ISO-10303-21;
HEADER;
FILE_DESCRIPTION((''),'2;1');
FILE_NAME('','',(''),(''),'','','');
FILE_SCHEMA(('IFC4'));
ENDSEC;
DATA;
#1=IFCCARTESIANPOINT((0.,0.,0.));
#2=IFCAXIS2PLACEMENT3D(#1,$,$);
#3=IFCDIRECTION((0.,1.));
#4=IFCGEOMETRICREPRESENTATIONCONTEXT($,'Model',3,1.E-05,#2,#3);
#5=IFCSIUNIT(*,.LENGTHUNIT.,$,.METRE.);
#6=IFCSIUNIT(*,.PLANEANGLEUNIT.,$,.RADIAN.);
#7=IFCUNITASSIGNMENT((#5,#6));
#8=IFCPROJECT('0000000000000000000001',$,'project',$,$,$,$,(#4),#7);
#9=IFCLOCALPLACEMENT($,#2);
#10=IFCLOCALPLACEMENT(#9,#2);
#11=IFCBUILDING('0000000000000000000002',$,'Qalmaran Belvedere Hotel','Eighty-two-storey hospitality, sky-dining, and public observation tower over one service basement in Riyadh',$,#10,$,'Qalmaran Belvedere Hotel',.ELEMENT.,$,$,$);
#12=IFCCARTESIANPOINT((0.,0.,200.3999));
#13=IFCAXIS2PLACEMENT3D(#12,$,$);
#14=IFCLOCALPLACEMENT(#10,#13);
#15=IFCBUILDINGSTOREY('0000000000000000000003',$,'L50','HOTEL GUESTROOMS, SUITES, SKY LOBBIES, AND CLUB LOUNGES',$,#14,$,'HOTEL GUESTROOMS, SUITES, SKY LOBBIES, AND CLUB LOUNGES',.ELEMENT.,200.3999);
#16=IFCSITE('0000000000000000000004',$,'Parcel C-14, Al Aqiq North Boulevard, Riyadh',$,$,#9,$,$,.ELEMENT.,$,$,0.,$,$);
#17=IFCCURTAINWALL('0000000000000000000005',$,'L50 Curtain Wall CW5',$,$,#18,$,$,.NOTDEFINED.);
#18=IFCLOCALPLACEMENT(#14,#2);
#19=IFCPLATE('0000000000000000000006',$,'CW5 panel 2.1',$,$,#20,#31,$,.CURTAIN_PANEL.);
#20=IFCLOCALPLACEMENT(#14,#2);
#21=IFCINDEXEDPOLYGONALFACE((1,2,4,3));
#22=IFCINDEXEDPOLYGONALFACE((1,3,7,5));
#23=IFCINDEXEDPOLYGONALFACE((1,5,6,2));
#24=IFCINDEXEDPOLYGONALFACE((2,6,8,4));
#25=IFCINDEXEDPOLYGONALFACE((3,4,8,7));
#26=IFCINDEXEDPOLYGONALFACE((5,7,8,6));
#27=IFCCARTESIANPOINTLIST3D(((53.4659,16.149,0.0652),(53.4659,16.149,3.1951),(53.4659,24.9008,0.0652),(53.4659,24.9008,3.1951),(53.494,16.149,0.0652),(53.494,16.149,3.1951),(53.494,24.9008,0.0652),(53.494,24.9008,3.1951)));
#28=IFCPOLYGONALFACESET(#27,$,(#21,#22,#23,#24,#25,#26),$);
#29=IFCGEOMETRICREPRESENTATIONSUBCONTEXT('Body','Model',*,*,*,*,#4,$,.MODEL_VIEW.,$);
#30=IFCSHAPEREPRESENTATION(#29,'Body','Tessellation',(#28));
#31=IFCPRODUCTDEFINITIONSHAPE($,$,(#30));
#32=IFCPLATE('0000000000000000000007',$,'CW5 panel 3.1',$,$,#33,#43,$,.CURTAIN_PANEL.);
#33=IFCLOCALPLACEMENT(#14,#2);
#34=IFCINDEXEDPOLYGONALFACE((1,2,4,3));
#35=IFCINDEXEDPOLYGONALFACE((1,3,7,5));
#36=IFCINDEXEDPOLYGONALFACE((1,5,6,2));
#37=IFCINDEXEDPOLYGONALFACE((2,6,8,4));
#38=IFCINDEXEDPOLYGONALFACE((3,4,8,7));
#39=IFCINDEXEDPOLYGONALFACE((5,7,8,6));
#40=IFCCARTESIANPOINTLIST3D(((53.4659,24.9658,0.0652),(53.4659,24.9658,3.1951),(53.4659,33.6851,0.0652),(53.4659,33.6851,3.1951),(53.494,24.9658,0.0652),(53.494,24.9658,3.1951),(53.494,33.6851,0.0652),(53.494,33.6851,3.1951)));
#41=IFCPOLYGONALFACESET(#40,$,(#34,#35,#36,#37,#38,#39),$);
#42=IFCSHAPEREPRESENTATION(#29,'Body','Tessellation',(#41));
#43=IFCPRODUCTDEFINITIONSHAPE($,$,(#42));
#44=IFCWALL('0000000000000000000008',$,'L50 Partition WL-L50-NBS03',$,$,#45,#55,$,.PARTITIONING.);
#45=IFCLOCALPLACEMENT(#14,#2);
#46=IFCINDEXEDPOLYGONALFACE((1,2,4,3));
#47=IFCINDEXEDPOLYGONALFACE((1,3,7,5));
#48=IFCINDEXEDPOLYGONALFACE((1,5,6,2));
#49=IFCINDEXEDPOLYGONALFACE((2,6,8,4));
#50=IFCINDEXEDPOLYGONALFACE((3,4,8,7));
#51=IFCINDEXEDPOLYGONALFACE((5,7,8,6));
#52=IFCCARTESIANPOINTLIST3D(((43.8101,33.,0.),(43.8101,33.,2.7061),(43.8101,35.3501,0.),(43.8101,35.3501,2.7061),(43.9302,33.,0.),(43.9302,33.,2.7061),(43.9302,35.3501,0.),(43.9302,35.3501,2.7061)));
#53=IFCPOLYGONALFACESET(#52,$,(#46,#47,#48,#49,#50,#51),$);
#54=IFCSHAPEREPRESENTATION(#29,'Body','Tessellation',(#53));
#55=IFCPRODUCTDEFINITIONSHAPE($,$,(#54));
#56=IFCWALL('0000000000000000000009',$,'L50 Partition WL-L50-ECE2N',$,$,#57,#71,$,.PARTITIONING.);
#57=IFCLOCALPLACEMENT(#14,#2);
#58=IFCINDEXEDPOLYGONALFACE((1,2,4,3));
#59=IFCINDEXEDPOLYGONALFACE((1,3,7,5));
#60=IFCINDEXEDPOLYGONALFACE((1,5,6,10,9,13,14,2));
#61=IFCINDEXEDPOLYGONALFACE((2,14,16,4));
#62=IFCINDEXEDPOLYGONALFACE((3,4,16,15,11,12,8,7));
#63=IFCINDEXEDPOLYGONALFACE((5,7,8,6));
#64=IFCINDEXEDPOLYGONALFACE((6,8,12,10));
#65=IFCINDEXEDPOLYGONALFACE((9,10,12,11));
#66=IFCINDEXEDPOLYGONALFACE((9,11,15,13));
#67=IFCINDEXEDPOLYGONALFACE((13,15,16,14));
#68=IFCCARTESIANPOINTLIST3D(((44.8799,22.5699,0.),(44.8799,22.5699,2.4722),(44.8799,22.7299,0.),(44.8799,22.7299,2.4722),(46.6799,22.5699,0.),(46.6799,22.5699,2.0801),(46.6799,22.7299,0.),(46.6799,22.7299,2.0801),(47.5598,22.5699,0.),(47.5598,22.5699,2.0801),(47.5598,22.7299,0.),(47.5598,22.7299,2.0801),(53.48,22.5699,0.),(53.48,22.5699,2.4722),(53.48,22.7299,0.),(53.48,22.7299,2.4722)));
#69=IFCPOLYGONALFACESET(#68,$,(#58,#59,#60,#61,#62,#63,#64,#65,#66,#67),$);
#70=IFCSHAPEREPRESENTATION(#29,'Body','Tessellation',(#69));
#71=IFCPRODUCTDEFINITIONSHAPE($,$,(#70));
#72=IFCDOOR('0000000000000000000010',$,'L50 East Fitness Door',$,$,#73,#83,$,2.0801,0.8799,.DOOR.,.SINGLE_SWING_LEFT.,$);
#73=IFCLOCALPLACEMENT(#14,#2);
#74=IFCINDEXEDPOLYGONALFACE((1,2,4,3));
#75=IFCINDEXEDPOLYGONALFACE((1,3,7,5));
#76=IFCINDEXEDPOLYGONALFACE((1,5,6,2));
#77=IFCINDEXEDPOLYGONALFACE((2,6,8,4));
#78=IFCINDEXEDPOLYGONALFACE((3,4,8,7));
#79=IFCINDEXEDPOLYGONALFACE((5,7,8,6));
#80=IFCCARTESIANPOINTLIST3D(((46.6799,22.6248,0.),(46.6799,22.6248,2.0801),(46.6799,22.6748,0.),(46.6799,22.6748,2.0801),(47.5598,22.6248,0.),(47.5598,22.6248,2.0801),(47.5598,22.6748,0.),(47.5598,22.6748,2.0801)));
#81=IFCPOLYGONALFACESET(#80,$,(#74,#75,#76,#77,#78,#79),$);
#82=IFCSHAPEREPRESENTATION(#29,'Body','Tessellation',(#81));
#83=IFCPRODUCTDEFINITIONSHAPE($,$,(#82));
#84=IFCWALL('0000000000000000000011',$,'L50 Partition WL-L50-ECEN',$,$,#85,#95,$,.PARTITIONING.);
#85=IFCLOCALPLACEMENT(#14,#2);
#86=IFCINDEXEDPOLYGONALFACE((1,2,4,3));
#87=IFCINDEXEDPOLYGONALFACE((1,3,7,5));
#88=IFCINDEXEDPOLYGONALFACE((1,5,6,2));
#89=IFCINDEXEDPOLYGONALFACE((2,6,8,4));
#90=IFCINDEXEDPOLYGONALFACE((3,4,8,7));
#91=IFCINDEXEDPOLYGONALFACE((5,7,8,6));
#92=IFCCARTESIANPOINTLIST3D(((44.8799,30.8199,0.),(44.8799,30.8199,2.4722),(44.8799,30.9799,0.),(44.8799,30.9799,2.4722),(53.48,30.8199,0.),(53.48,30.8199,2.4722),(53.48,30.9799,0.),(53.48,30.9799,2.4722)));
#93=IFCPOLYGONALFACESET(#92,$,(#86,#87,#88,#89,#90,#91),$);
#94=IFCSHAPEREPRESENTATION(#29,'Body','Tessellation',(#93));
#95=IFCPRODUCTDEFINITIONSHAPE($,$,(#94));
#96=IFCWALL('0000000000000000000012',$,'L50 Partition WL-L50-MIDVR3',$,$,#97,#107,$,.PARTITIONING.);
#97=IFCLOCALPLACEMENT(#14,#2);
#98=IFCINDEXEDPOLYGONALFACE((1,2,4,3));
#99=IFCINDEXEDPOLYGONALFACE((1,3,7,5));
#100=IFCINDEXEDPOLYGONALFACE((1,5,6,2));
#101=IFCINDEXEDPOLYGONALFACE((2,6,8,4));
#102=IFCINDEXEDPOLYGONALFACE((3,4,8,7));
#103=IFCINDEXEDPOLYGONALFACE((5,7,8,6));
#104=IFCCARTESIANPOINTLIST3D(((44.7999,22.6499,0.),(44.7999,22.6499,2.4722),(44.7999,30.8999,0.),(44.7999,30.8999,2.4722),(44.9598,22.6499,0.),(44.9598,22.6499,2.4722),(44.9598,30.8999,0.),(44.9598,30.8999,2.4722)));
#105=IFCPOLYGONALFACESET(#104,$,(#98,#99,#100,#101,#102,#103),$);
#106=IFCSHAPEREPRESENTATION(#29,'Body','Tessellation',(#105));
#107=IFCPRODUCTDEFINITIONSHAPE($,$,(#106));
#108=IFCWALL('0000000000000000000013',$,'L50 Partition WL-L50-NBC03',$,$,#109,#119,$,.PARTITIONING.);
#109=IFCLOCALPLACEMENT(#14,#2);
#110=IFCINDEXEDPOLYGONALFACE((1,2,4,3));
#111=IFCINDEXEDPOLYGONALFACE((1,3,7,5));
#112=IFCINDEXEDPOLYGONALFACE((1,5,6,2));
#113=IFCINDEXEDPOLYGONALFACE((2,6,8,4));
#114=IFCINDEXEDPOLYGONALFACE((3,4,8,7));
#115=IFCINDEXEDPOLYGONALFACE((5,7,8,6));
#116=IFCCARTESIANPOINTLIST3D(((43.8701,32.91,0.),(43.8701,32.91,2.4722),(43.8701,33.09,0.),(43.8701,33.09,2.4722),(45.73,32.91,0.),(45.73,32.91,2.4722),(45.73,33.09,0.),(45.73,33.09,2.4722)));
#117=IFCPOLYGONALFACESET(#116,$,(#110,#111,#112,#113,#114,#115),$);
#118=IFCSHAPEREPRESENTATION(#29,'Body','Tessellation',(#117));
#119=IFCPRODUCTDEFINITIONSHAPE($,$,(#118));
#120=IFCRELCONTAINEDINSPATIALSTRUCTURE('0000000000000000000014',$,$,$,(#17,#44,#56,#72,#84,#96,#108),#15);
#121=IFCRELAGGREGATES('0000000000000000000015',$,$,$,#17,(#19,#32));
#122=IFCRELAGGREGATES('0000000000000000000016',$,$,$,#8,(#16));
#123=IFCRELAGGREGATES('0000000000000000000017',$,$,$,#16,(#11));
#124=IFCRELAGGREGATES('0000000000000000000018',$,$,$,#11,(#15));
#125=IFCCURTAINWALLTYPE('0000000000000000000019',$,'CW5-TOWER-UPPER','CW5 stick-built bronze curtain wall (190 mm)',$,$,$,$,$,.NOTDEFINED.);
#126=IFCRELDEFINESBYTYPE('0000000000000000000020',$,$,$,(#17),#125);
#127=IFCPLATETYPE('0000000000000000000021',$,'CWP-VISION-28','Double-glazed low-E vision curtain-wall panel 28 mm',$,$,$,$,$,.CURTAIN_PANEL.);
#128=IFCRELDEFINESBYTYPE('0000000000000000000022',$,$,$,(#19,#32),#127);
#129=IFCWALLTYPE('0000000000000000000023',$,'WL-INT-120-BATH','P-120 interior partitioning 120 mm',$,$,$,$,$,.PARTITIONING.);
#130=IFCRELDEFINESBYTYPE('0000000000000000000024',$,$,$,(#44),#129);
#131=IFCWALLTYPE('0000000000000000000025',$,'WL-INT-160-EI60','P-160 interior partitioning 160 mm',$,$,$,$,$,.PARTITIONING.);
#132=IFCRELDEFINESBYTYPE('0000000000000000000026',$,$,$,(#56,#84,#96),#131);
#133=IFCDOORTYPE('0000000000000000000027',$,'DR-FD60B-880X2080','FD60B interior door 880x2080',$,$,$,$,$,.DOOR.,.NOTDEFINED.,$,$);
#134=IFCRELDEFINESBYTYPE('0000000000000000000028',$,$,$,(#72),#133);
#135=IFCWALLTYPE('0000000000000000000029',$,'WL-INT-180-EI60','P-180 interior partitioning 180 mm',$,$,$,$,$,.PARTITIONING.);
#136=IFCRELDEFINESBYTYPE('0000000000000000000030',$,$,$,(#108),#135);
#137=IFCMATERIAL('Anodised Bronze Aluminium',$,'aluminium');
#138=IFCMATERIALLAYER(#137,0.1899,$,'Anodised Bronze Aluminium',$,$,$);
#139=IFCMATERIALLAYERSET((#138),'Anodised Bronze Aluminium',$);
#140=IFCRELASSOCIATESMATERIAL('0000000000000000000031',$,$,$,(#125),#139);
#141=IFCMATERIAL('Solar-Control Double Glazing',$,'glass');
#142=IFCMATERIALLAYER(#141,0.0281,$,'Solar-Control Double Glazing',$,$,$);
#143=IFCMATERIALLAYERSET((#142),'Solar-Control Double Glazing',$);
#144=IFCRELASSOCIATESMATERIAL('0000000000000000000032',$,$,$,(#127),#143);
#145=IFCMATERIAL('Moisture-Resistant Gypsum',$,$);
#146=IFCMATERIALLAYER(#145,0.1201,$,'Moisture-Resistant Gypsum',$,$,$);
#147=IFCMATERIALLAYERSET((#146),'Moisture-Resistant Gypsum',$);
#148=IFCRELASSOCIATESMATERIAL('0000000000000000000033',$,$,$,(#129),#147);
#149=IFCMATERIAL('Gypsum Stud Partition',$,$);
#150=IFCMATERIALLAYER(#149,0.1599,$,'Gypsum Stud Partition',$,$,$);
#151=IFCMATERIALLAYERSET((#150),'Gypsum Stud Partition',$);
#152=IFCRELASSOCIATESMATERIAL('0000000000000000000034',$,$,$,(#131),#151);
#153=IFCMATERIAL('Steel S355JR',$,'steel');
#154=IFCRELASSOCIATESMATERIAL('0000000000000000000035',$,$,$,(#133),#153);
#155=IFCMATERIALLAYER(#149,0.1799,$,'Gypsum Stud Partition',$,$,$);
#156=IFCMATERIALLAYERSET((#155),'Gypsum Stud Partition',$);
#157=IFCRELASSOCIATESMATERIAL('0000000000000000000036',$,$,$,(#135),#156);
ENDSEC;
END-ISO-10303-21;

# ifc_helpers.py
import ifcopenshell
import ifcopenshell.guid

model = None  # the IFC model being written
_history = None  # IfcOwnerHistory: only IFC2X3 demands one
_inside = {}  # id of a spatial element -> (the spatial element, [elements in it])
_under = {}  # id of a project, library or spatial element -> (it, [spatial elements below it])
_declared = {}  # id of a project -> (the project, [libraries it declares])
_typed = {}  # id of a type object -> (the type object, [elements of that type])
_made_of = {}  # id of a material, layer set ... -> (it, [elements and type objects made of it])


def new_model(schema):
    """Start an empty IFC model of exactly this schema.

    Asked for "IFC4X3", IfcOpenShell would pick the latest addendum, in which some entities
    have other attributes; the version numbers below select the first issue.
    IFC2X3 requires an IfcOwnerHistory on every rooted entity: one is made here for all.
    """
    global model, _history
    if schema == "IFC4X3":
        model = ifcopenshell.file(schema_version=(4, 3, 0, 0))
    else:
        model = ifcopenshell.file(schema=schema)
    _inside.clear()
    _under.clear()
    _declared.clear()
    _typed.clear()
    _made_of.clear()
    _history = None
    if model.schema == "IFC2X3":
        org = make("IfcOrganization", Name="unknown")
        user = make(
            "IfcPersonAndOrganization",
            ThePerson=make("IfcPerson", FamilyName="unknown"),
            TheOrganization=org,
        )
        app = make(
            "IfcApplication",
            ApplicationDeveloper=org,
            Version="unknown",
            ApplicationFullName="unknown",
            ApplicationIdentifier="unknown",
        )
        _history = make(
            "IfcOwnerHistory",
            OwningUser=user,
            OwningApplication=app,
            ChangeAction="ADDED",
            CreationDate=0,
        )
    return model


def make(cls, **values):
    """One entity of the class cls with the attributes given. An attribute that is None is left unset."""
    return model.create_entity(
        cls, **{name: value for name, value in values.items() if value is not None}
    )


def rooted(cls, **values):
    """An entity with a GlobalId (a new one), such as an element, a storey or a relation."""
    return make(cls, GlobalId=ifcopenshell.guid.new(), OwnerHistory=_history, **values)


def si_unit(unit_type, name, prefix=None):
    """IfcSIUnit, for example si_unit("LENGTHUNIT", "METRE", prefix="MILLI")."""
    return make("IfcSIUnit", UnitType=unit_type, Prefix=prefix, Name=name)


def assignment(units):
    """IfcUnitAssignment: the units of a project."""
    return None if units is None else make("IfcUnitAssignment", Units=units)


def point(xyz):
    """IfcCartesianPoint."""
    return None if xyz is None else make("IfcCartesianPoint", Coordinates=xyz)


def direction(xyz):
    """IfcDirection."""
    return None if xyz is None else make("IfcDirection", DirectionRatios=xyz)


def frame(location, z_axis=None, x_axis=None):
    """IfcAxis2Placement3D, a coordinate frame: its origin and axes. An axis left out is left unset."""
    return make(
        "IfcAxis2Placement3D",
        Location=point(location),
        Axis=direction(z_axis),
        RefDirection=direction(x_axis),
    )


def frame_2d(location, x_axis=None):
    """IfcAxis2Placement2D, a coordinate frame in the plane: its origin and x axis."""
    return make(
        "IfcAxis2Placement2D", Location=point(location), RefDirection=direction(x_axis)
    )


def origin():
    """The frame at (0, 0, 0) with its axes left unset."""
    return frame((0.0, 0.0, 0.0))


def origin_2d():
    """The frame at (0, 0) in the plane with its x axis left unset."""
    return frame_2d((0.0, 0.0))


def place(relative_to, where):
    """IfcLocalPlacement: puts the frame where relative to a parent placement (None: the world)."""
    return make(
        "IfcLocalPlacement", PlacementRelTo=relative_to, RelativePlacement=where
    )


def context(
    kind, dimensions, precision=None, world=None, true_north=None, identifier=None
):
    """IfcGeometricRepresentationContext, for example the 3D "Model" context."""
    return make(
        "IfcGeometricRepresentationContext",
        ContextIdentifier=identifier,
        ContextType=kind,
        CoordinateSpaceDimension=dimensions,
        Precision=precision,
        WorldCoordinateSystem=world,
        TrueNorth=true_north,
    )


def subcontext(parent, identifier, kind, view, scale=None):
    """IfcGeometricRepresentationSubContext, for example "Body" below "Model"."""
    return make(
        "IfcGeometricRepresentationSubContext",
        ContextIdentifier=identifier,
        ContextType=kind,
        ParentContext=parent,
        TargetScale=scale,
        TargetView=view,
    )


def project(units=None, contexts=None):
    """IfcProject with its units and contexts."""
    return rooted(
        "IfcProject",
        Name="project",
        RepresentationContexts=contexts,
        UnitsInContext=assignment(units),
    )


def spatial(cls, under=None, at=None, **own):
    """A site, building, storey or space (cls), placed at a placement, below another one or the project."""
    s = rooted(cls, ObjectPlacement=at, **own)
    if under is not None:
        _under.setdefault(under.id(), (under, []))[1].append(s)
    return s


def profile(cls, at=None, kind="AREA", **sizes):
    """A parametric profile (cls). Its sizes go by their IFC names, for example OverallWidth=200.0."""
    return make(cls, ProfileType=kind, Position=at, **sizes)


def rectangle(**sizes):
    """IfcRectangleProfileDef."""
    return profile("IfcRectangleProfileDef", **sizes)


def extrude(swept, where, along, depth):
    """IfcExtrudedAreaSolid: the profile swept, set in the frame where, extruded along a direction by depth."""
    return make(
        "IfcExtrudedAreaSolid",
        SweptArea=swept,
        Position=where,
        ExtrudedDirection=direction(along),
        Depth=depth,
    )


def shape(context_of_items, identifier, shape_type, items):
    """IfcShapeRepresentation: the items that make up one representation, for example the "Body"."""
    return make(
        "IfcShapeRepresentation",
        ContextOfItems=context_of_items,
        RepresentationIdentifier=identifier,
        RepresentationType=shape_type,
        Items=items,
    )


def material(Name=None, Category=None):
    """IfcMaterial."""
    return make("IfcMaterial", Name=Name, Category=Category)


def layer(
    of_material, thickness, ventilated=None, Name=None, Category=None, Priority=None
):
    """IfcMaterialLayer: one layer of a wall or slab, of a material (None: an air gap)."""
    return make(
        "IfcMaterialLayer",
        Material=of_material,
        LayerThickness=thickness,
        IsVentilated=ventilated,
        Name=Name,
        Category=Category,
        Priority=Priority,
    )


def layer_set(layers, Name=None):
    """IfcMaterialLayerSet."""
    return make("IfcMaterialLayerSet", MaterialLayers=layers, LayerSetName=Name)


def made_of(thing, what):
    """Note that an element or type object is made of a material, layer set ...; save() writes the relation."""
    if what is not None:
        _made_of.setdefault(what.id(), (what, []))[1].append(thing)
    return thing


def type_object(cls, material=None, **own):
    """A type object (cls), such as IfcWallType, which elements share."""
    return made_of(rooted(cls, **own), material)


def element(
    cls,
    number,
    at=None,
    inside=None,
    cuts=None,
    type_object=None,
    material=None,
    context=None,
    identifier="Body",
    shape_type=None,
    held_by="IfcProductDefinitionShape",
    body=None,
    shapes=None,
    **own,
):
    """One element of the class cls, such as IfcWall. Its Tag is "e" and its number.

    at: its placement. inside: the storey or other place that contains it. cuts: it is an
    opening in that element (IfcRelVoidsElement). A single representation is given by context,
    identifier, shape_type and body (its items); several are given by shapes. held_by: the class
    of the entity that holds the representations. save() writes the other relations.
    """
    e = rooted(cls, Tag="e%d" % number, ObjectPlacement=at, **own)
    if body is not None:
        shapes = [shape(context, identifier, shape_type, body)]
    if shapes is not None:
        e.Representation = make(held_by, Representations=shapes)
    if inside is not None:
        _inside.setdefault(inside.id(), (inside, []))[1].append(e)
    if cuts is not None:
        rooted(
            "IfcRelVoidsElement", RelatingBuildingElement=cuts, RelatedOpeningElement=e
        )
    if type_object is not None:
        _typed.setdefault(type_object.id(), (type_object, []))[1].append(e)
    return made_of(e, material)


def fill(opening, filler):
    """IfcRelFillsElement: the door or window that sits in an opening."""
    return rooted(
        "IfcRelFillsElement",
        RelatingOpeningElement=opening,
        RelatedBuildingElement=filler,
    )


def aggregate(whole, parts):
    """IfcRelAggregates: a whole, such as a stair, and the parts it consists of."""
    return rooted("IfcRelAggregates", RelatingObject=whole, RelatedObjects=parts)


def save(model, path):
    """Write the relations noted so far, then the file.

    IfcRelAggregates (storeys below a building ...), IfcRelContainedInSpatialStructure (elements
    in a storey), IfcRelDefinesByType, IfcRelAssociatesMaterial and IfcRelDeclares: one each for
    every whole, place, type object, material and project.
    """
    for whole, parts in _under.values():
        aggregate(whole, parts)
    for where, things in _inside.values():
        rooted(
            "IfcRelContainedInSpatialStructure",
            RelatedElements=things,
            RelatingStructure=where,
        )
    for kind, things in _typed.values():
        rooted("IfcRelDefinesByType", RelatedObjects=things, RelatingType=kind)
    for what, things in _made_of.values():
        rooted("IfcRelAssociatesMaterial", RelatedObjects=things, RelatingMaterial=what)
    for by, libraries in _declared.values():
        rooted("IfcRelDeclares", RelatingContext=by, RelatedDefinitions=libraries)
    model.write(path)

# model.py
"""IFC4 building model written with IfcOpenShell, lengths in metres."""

from ifc_helpers import new_model, si_unit, direction, frame, frame_2d, origin, origin_2d, place, context, subcontext, project, spatial, rectangle, extrude, material, layer, layer_set, type_object, element, fill, aggregate, save


model = new_model("IFC4")

# Units and contexts
model_context = context("Model", 3, precision=1e-05, world=origin(), true_north=direction((0.0, 1.0)))
body_context = subcontext(model_context, "Body", "Model", "MODEL_VIEW")
ifc_project = project(units=[si_unit("LENGTHUNIT", "METRE"), si_unit("PLANEANGLEUNIT", "RADIAN")], contexts=[model_context])

# Site, building, storey
site_placement = place(None, origin())
site = spatial("IfcSite", under=ifc_project, at=site_placement, Name="Parcel C-14, Al Aqiq North Boulevard, Riyadh", CompositionType="ELEMENT", RefElevation=0.0)
building_placement = place(site_placement, origin())
building = spatial("IfcBuilding", under=site, at=building_placement, Name="Qalmaran Belvedere Hotel", Description="Eighty-two-storey hospitality, sky-dining, and public observation tower over one service basement in Riyadh", LongName="Qalmaran Belvedere Hotel", CompositionType="ELEMENT")
storey_placement = place(building_placement, frame((0.0, 0.0, 200.3999)))
storey = spatial("IfcBuildingStorey", under=building, at=storey_placement, Name="L50", Description="HOTEL GUESTROOMS, SUITES, SKY LOBBIES, AND CLUB LOUNGES", LongName="HOTEL GUESTROOMS, SUITES, SKY LOBBIES, AND CLUB LOUNGES", CompositionType="ELEMENT", Elevation=200.3999)

# Shared definitions
ifc_material_1 = material(Name="Steel S355JR", Category="steel")

# Curtain wall, plates
ifc_material_2 = material(Name="Anodised Bronze Aluminium", Category="aluminium")
ifc_layer_1 = layer(ifc_material_2, 0.1899, Name="Anodised Bronze Aluminium")
ifc_layer_set_1 = layer_set([ifc_layer_1], Name="Anodised Bronze Aluminium")
curtain_wall_type = type_object("IfcCurtainWallType", Name="CW5-TOWER-UPPER", Description="CW5 stick-built bronze curtain wall (190 mm)", PredefinedType="NOTDEFINED", material=ifc_layer_set_1)
curtain_wall_placement = place(storey_placement, origin())
curtain_wall = element("IfcCurtainWall", 1, at=curtain_wall_placement, inside=storey, type_object=curtain_wall_type, Name="L50 Curtain Wall CW5", PredefinedType="NOTDEFINED")
ifc_material_3 = material(Name="Solar-Control Double Glazing", Category="glass")
ifc_layer_2 = layer(ifc_material_3, 0.0281, Name="Solar-Control Double Glazing")
ifc_layer_set_2 = layer_set([ifc_layer_2], Name="Solar-Control Double Glazing")
plate_type = type_object("IfcPlateType", Name="CWP-VISION-28", Description="Double-glazed low-E vision curtain-wall panel 28 mm", PredefinedType="CURTAIN_PANEL", material=ifc_layer_set_2)
plate_1_placement = place(storey_placement, frame((53.48, 20.5249, 0.0652), z_axis=(0.0, 0.0, 1.0), x_axis=(0.0, 1.0, 0.0)))
plate_1 = element("IfcPlate", 2, at=plate_1_placement, type_object=plate_type, Name="CW5 panel 2.1", PredefinedType="CURTAIN_PANEL", context=body_context, shape_type="SweptSolid", body=[
    extrude(rectangle(XDim=8.7517, YDim=0.0281, at=origin_2d()), origin(), (0.0, 0.0, 1.0), 3.1299),
])
plate_2_placement = place(storey_placement, frame((53.48, 29.3254, 0.0652), z_axis=(0.0, 0.0, 1.0), x_axis=(0.0, 1.0, 0.0)))
plate_2 = element("IfcPlate", 3, at=plate_2_placement, type_object=plate_type, Name="CW5 panel 3.1", PredefinedType="CURTAIN_PANEL", context=body_context, shape_type="SweptSolid", body=[
    extrude(rectangle(XDim=8.7192, YDim=0.0281, at=origin_2d()), origin(), (0.0, 0.0, 1.0), 3.1299),
])
aggregate(curtain_wall, [plate_1, plate_2])

# Wall
ifc_material_4 = material(Name="Moisture-Resistant Gypsum")
ifc_layer_3 = layer(ifc_material_4, 0.1201, Name="Moisture-Resistant Gypsum")
ifc_layer_set_3 = layer_set([ifc_layer_3], Name="Moisture-Resistant Gypsum")
wall_type_1 = type_object("IfcWallType", Name="WL-INT-120-BATH", Description="P-120 interior partitioning 120 mm", PredefinedType="PARTITIONING", material=ifc_layer_set_3)
wall_1_placement = place(storey_placement, frame((43.8701, 33.0, 0.0), z_axis=(0.0, 0.0, 1.0), x_axis=(0.0, 1.0, 0.0)))
element("IfcWall", 4, at=wall_1_placement, inside=storey, type_object=wall_type_1, Name="L50 Partition WL-L50-NBS03", PredefinedType="PARTITIONING", context=body_context, shape_type="SweptSolid", body=[
    extrude(rectangle(XDim=2.3501, YDim=0.1201, at=frame_2d((1.175, 0.0))), origin(), (0.0, 0.0, 1.0), 2.7061),
])

# Wall, opening, door
ifc_material_5 = material(Name="Gypsum Stud Partition")
ifc_layer_4 = layer(ifc_material_5, 0.1599, Name="Gypsum Stud Partition")
ifc_layer_set_4 = layer_set([ifc_layer_4], Name="Gypsum Stud Partition")
wall_type_2 = type_object("IfcWallType", Name="WL-INT-160-EI60", Description="P-160 interior partitioning 160 mm", PredefinedType="PARTITIONING", material=ifc_layer_set_4)
wall_2_placement = place(storey_placement, frame((44.8799, 22.6499, 0.0), z_axis=(0.0, 0.0, 1.0), x_axis=(1.0, 0.0, 0.0)))
wall_2 = element("IfcWall", 5, at=wall_2_placement, inside=storey, type_object=wall_type_2, Name="L50 Partition WL-L50-ECE2N", PredefinedType="PARTITIONING", context=body_context, shape_type="SweptSolid", body=[
    extrude(rectangle(XDim=8.6001, YDim=0.1599, at=frame_2d((4.3, 0.0))), origin(), (0.0, 0.0, 1.0), 2.4722),
])
opening_placement = place(wall_2_placement, frame((1.8, 0.0, 0.0)))
opening = element("IfcOpeningElement", 6, at=opening_placement, cuts=wall_2, PredefinedType="OPENING", context=body_context, shape_type="SweptSolid", body=[
    extrude(rectangle(XDim=0.8799, YDim=2.0801, at=frame_2d((0.4399, 1.04))), frame((0.0, 0.0898, 0.0), z_axis=(0.0, -1.0, 0.0), x_axis=(1.0, 0.0, 0.0)), (0.0, 0.0, 1.0), 0.1799),
])
door_type = type_object("IfcDoorType", Name="DR-FD60B-880X2080", Description="FD60B interior door 880x2080", OperationType="NOTDEFINED", PredefinedType="DOOR", material=ifc_material_1)
door_placement = place(opening_placement, origin())
door = element("IfcDoor", 7, at=door_placement, inside=storey, type_object=door_type, Name="L50 East Fitness Door", OperationType="SINGLE_SWING_LEFT", OverallHeight=2.0801, OverallWidth=0.8799, PredefinedType="DOOR", context=body_context, shape_type="SweptSolid", body=[
    extrude(rectangle(XDim=0.8799, YDim=2.0801, at=frame_2d((0.4399, 1.04))), frame((0.0, 0.0249, 0.0), z_axis=(0.0, -1.0, 0.0), x_axis=(1.0, 0.0, 0.0)), (0.0, 0.0, 1.0), 0.05),
])
fill(opening, door)

# Walls
wall_3_placement = place(storey_placement, frame((44.8799, 30.8999, 0.0), z_axis=(0.0, 0.0, 1.0), x_axis=(1.0, 0.0, 0.0)))
element("IfcWall", 8, at=wall_3_placement, inside=storey, type_object=wall_type_2, Name="L50 Partition WL-L50-ECEN", PredefinedType="PARTITIONING", context=body_context, shape_type="SweptSolid", body=[
    extrude(rectangle(XDim=8.6001, YDim=0.1599, at=frame_2d((4.3, 0.0))), origin(), (0.0, 0.0, 1.0), 2.4722),
])
wall_4_placement = place(storey_placement, frame((44.8799, 22.6499, 0.0), z_axis=(0.0, 0.0, 1.0), x_axis=(0.0, 1.0, 0.0)))
element("IfcWall", 9, at=wall_4_placement, inside=storey, type_object=wall_type_2, Name="L50 Partition WL-L50-MIDVR3", PredefinedType="PARTITIONING", context=body_context, shape_type="SweptSolid", body=[
    extrude(rectangle(XDim=8.25, YDim=0.1599, at=frame_2d((4.125, 0.0))), origin(), (0.0, 0.0, 1.0), 2.4722),
])
ifc_layer_5 = layer(ifc_material_5, 0.1799, Name="Gypsum Stud Partition")
ifc_layer_set_5 = layer_set([ifc_layer_5], Name="Gypsum Stud Partition")
wall_type_3 = type_object("IfcWallType", Name="WL-INT-180-EI60", Description="P-180 interior partitioning 180 mm", PredefinedType="PARTITIONING", material=ifc_layer_set_5)
wall_5_placement = place(storey_placement, frame((43.8701, 33.0, 0.0), z_axis=(0.0, 0.0, 1.0), x_axis=(1.0, 0.0, 0.0)))
element("IfcWall", 10, at=wall_5_placement, inside=storey, type_object=wall_type_3, Name="L50 Partition WL-L50-NBC03", PredefinedType="PARTITIONING", context=body_context, shape_type="SweptSolid", body=[
    extrude(rectangle(XDim=1.8599, YDim=0.1799, at=frame_2d((0.9299, 0.0))), origin(), (0.0, 0.0, 1.0), 2.4722),
])

save(model, "model.ifc")
